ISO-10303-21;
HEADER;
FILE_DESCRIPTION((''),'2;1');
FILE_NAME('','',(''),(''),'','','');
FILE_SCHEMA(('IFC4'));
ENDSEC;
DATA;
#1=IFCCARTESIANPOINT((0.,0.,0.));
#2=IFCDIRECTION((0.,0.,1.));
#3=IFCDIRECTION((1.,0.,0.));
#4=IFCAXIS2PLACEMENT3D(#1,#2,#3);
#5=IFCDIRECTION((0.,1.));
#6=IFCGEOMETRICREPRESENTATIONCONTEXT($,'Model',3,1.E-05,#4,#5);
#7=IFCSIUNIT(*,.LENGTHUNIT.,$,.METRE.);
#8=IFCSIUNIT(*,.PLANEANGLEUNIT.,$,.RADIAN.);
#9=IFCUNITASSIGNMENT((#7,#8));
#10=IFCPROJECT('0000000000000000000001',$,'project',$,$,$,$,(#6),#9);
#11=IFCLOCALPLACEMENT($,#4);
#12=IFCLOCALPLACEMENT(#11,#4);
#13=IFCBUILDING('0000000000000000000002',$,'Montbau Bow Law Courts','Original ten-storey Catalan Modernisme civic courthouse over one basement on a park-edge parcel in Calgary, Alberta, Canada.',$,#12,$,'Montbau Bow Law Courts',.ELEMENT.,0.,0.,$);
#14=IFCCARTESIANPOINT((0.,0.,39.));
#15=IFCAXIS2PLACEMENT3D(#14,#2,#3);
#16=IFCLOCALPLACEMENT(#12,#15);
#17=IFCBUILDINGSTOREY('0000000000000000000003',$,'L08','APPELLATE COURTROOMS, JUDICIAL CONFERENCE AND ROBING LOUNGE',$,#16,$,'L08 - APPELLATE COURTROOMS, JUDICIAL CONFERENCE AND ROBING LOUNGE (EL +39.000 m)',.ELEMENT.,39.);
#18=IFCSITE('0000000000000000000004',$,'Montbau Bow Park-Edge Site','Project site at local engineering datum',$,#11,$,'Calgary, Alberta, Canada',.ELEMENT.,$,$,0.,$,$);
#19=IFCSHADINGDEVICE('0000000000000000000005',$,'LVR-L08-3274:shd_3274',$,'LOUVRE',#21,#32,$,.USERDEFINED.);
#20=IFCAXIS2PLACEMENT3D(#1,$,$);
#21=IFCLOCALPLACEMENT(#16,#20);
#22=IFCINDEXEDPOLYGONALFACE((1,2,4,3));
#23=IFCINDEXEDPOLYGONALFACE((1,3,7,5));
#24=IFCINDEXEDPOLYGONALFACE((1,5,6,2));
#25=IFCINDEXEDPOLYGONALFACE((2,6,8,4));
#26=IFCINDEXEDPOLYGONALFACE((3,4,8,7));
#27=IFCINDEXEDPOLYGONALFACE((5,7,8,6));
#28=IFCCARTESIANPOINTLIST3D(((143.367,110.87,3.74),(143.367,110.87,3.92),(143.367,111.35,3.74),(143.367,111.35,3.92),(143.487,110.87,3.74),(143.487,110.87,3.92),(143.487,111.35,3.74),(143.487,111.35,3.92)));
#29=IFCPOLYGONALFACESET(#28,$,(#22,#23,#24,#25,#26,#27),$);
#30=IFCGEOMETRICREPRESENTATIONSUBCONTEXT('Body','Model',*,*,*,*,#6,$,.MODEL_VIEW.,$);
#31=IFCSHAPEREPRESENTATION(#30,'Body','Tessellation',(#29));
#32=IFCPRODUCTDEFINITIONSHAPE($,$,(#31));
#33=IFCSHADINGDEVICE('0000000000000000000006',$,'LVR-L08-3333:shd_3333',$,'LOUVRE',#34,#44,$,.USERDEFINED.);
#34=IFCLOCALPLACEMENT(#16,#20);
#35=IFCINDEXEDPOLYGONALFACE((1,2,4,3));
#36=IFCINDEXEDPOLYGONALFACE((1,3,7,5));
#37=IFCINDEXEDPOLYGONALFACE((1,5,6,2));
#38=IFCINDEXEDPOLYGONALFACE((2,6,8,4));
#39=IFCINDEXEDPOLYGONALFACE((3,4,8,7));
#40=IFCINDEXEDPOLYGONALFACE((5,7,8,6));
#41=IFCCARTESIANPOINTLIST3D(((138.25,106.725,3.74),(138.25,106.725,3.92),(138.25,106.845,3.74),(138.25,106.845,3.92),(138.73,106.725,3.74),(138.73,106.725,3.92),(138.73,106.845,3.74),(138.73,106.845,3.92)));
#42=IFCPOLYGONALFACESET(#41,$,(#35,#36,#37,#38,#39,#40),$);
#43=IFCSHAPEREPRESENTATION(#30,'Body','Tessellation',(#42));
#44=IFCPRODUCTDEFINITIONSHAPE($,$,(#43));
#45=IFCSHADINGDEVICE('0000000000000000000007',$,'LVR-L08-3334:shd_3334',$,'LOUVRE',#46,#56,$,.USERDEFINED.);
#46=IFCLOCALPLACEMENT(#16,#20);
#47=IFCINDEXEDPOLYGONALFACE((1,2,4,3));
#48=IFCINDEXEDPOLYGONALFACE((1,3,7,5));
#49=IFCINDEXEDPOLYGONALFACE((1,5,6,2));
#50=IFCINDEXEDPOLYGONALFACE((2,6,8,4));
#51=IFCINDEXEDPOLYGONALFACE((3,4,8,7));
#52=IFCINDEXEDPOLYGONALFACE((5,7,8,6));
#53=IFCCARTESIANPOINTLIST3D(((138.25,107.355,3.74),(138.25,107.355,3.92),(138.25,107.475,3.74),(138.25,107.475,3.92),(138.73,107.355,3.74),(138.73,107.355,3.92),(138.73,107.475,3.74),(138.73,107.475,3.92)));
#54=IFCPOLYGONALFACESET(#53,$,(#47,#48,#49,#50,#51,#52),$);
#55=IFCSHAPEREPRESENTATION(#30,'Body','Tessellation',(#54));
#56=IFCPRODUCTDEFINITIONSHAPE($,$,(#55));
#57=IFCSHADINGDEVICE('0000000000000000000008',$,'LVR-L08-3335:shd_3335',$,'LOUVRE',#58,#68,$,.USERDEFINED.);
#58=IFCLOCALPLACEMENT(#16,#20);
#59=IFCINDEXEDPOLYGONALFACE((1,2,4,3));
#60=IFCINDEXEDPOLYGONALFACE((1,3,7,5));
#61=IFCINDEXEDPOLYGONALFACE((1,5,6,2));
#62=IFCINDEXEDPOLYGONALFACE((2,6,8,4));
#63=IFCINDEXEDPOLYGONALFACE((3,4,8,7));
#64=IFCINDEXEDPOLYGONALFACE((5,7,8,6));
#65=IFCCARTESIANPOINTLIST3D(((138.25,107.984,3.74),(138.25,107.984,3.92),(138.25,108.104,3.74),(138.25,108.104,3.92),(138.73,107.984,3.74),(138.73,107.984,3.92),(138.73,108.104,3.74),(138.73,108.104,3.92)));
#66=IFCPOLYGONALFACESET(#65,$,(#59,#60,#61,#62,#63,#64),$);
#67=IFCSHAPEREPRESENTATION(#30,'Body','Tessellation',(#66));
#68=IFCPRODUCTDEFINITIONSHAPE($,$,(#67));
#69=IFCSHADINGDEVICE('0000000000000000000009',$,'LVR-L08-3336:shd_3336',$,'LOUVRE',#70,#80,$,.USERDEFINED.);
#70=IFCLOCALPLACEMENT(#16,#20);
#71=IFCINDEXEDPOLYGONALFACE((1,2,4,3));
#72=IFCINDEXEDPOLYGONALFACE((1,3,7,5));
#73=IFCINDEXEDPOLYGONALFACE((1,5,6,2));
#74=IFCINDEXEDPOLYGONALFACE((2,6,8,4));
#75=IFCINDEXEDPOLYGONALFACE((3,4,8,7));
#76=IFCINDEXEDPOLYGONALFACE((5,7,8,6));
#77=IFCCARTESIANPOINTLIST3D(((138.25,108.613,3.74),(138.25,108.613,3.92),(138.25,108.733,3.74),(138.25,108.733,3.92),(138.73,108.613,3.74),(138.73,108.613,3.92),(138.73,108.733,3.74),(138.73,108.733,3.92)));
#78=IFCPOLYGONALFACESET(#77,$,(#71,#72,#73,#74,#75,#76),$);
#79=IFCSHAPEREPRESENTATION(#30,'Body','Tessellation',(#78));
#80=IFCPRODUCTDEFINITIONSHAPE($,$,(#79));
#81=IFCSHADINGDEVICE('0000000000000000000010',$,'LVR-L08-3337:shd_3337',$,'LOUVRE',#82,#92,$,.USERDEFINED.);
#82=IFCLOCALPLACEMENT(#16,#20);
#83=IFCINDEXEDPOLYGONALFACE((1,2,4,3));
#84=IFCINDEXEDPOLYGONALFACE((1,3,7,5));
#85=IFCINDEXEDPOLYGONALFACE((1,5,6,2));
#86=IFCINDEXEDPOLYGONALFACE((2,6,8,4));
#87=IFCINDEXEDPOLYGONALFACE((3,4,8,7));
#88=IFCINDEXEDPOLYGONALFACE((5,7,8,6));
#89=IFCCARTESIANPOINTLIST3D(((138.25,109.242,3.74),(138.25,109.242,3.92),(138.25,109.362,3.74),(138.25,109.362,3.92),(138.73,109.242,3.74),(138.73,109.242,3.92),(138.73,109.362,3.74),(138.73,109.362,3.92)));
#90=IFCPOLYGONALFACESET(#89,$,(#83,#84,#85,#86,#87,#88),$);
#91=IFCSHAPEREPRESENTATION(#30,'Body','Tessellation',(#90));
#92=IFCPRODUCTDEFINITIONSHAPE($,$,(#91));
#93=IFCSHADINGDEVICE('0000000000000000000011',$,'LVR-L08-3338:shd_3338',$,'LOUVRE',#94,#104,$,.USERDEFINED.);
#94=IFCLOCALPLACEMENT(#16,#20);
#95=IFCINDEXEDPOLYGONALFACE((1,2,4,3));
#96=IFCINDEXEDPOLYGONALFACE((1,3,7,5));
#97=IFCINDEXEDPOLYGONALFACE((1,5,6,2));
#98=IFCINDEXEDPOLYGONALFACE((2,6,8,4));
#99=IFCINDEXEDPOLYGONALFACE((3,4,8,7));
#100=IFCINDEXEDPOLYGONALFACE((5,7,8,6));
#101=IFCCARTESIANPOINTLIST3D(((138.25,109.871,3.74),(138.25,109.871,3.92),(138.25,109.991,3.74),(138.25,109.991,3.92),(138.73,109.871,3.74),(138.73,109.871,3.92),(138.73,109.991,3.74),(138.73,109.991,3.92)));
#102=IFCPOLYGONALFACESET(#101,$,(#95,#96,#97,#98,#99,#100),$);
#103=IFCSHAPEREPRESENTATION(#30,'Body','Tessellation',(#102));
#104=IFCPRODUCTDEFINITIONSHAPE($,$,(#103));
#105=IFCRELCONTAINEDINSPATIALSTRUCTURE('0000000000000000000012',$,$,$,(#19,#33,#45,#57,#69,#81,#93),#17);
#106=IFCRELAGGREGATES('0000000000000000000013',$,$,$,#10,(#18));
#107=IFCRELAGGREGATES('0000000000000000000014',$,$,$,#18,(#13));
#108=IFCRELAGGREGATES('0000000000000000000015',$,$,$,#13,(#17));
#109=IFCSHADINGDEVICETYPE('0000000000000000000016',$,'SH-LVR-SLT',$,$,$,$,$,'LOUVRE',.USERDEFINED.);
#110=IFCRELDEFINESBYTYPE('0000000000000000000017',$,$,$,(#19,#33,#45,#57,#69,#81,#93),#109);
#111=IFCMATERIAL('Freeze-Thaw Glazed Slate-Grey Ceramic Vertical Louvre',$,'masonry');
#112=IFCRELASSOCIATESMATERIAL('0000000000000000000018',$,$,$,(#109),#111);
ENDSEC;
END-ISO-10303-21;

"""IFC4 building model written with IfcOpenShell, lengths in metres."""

from ifc_helpers import new_model, si_unit, direction, frame, origin_with_axes, origin_2d_with_axis, place, context, subcontext, project, spatial, rectangle, extrude, material, type_object, element, save


model = new_model("IFC4")

# Units and contexts
model_context = context("Model", 3, precision=1e-05, world=origin_with_axes(), true_north=direction((0.0, 1.0)))
body_context = subcontext(model_context, "Body", "Model", "MODEL_VIEW")
ifc_project = project(units=[si_unit("LENGTHUNIT", "METRE"), si_unit("PLANEANGLEUNIT", "RADIAN")], contexts=[model_context])

# Site, building, storey
site_placement = place(None, origin_with_axes())
site = spatial("IfcSite", under=ifc_project, at=site_placement, Name="Montbau Bow Park-Edge Site", Description="Project site at local engineering datum", LongName="Calgary, Alberta, Canada", CompositionType="ELEMENT", RefElevation=0.0)
building_placement = place(site_placement, origin_with_axes())
building = spatial("IfcBuilding", under=site, at=building_placement, Name="Montbau Bow Law Courts", Description="Original ten-storey Catalan Modernisme civic courthouse over one basement on a park-edge parcel in Calgary, Alberta, Canada.", LongName="Montbau Bow Law Courts", CompositionType="ELEMENT", ElevationOfRefHeight=0.0, ElevationOfTerrain=0.0)
storey_placement = place(building_placement, frame((0.0, 0.0, 39.0), z_axis=(0.0, 0.0, 1.0), x_axis=(1.0, 0.0, 0.0)))
storey = spatial("IfcBuildingStorey", under=building, at=storey_placement, Name="L08", Description="APPELLATE COURTROOMS, JUDICIAL CONFERENCE AND ROBING LOUNGE", LongName="L08 - APPELLATE COURTROOMS, JUDICIAL CONFERENCE AND ROBING LOUNGE (EL +39.000 m)", CompositionType="ELEMENT", Elevation=39.0)

# Shading devices
ifc_material_1 = material(Name="Freeze-Thaw Glazed Slate-Grey Ceramic Vertical Louvre", Category="masonry")
shading_device_type = type_object("IfcShadingDeviceType", Name="SH-LVR-SLT", ElementType="LOUVRE", PredefinedType="USERDEFINED", material=ifc_material_1)
for number, where, z_axis, x_axis, name in (
    (1, (143.427, 111.11, 42.74), (0.0, 0.0, 1.0), (0.0, 1.0, 0.0), "LVR-L08-3274:shd_3274"),
    (2, (138.49, 106.785, 42.74), (0.0, 0.0, 1.0), (-1.0, 0.0, 0.0), "LVR-L08-3333:shd_3333"),
    (3, (138.49, 107.415, 42.74), (0.0, 0.0, 1.0), (-1.0, 0.0, 0.0), "LVR-L08-3334:shd_3334"),
    (4, (138.49, 108.044, 42.74), (0.0, 0.0, 1.0), (-1.0, 0.0, 0.0), "LVR-L08-3335:shd_3335"),
    (5, (138.49, 108.673, 42.74), (0.0, 0.0, 1.0), (-1.0, 0.0, 0.0), "LVR-L08-3336:shd_3336"),
    (6, (138.49, 109.302, 42.74), (0.0, 0.0, 1.0), (-1.0, 0.0, 0.0), "LVR-L08-3337:shd_3337"),
    (7, (138.49, 109.931, 42.74), (0.0, 0.0, 1.0), (-1.0, 0.0, 0.0), "LVR-L08-3338:shd_3338"),
):
    element("IfcShadingDevice", number, at=place(None, frame(where, z_axis=z_axis, x_axis=x_axis)), inside=storey, type_object=shading_device_type, Name=name, ObjectType="LOUVRE", PredefinedType="USERDEFINED", context=body_context, shape_type="SweptSolid", body=[
        extrude(rectangle(XDim=0.48, YDim=0.12, at=origin_2d_with_axis()), origin_with_axes(), (0.0, 0.0, 1.0), 0.18),
    ])

save(model, "model.ifc")
